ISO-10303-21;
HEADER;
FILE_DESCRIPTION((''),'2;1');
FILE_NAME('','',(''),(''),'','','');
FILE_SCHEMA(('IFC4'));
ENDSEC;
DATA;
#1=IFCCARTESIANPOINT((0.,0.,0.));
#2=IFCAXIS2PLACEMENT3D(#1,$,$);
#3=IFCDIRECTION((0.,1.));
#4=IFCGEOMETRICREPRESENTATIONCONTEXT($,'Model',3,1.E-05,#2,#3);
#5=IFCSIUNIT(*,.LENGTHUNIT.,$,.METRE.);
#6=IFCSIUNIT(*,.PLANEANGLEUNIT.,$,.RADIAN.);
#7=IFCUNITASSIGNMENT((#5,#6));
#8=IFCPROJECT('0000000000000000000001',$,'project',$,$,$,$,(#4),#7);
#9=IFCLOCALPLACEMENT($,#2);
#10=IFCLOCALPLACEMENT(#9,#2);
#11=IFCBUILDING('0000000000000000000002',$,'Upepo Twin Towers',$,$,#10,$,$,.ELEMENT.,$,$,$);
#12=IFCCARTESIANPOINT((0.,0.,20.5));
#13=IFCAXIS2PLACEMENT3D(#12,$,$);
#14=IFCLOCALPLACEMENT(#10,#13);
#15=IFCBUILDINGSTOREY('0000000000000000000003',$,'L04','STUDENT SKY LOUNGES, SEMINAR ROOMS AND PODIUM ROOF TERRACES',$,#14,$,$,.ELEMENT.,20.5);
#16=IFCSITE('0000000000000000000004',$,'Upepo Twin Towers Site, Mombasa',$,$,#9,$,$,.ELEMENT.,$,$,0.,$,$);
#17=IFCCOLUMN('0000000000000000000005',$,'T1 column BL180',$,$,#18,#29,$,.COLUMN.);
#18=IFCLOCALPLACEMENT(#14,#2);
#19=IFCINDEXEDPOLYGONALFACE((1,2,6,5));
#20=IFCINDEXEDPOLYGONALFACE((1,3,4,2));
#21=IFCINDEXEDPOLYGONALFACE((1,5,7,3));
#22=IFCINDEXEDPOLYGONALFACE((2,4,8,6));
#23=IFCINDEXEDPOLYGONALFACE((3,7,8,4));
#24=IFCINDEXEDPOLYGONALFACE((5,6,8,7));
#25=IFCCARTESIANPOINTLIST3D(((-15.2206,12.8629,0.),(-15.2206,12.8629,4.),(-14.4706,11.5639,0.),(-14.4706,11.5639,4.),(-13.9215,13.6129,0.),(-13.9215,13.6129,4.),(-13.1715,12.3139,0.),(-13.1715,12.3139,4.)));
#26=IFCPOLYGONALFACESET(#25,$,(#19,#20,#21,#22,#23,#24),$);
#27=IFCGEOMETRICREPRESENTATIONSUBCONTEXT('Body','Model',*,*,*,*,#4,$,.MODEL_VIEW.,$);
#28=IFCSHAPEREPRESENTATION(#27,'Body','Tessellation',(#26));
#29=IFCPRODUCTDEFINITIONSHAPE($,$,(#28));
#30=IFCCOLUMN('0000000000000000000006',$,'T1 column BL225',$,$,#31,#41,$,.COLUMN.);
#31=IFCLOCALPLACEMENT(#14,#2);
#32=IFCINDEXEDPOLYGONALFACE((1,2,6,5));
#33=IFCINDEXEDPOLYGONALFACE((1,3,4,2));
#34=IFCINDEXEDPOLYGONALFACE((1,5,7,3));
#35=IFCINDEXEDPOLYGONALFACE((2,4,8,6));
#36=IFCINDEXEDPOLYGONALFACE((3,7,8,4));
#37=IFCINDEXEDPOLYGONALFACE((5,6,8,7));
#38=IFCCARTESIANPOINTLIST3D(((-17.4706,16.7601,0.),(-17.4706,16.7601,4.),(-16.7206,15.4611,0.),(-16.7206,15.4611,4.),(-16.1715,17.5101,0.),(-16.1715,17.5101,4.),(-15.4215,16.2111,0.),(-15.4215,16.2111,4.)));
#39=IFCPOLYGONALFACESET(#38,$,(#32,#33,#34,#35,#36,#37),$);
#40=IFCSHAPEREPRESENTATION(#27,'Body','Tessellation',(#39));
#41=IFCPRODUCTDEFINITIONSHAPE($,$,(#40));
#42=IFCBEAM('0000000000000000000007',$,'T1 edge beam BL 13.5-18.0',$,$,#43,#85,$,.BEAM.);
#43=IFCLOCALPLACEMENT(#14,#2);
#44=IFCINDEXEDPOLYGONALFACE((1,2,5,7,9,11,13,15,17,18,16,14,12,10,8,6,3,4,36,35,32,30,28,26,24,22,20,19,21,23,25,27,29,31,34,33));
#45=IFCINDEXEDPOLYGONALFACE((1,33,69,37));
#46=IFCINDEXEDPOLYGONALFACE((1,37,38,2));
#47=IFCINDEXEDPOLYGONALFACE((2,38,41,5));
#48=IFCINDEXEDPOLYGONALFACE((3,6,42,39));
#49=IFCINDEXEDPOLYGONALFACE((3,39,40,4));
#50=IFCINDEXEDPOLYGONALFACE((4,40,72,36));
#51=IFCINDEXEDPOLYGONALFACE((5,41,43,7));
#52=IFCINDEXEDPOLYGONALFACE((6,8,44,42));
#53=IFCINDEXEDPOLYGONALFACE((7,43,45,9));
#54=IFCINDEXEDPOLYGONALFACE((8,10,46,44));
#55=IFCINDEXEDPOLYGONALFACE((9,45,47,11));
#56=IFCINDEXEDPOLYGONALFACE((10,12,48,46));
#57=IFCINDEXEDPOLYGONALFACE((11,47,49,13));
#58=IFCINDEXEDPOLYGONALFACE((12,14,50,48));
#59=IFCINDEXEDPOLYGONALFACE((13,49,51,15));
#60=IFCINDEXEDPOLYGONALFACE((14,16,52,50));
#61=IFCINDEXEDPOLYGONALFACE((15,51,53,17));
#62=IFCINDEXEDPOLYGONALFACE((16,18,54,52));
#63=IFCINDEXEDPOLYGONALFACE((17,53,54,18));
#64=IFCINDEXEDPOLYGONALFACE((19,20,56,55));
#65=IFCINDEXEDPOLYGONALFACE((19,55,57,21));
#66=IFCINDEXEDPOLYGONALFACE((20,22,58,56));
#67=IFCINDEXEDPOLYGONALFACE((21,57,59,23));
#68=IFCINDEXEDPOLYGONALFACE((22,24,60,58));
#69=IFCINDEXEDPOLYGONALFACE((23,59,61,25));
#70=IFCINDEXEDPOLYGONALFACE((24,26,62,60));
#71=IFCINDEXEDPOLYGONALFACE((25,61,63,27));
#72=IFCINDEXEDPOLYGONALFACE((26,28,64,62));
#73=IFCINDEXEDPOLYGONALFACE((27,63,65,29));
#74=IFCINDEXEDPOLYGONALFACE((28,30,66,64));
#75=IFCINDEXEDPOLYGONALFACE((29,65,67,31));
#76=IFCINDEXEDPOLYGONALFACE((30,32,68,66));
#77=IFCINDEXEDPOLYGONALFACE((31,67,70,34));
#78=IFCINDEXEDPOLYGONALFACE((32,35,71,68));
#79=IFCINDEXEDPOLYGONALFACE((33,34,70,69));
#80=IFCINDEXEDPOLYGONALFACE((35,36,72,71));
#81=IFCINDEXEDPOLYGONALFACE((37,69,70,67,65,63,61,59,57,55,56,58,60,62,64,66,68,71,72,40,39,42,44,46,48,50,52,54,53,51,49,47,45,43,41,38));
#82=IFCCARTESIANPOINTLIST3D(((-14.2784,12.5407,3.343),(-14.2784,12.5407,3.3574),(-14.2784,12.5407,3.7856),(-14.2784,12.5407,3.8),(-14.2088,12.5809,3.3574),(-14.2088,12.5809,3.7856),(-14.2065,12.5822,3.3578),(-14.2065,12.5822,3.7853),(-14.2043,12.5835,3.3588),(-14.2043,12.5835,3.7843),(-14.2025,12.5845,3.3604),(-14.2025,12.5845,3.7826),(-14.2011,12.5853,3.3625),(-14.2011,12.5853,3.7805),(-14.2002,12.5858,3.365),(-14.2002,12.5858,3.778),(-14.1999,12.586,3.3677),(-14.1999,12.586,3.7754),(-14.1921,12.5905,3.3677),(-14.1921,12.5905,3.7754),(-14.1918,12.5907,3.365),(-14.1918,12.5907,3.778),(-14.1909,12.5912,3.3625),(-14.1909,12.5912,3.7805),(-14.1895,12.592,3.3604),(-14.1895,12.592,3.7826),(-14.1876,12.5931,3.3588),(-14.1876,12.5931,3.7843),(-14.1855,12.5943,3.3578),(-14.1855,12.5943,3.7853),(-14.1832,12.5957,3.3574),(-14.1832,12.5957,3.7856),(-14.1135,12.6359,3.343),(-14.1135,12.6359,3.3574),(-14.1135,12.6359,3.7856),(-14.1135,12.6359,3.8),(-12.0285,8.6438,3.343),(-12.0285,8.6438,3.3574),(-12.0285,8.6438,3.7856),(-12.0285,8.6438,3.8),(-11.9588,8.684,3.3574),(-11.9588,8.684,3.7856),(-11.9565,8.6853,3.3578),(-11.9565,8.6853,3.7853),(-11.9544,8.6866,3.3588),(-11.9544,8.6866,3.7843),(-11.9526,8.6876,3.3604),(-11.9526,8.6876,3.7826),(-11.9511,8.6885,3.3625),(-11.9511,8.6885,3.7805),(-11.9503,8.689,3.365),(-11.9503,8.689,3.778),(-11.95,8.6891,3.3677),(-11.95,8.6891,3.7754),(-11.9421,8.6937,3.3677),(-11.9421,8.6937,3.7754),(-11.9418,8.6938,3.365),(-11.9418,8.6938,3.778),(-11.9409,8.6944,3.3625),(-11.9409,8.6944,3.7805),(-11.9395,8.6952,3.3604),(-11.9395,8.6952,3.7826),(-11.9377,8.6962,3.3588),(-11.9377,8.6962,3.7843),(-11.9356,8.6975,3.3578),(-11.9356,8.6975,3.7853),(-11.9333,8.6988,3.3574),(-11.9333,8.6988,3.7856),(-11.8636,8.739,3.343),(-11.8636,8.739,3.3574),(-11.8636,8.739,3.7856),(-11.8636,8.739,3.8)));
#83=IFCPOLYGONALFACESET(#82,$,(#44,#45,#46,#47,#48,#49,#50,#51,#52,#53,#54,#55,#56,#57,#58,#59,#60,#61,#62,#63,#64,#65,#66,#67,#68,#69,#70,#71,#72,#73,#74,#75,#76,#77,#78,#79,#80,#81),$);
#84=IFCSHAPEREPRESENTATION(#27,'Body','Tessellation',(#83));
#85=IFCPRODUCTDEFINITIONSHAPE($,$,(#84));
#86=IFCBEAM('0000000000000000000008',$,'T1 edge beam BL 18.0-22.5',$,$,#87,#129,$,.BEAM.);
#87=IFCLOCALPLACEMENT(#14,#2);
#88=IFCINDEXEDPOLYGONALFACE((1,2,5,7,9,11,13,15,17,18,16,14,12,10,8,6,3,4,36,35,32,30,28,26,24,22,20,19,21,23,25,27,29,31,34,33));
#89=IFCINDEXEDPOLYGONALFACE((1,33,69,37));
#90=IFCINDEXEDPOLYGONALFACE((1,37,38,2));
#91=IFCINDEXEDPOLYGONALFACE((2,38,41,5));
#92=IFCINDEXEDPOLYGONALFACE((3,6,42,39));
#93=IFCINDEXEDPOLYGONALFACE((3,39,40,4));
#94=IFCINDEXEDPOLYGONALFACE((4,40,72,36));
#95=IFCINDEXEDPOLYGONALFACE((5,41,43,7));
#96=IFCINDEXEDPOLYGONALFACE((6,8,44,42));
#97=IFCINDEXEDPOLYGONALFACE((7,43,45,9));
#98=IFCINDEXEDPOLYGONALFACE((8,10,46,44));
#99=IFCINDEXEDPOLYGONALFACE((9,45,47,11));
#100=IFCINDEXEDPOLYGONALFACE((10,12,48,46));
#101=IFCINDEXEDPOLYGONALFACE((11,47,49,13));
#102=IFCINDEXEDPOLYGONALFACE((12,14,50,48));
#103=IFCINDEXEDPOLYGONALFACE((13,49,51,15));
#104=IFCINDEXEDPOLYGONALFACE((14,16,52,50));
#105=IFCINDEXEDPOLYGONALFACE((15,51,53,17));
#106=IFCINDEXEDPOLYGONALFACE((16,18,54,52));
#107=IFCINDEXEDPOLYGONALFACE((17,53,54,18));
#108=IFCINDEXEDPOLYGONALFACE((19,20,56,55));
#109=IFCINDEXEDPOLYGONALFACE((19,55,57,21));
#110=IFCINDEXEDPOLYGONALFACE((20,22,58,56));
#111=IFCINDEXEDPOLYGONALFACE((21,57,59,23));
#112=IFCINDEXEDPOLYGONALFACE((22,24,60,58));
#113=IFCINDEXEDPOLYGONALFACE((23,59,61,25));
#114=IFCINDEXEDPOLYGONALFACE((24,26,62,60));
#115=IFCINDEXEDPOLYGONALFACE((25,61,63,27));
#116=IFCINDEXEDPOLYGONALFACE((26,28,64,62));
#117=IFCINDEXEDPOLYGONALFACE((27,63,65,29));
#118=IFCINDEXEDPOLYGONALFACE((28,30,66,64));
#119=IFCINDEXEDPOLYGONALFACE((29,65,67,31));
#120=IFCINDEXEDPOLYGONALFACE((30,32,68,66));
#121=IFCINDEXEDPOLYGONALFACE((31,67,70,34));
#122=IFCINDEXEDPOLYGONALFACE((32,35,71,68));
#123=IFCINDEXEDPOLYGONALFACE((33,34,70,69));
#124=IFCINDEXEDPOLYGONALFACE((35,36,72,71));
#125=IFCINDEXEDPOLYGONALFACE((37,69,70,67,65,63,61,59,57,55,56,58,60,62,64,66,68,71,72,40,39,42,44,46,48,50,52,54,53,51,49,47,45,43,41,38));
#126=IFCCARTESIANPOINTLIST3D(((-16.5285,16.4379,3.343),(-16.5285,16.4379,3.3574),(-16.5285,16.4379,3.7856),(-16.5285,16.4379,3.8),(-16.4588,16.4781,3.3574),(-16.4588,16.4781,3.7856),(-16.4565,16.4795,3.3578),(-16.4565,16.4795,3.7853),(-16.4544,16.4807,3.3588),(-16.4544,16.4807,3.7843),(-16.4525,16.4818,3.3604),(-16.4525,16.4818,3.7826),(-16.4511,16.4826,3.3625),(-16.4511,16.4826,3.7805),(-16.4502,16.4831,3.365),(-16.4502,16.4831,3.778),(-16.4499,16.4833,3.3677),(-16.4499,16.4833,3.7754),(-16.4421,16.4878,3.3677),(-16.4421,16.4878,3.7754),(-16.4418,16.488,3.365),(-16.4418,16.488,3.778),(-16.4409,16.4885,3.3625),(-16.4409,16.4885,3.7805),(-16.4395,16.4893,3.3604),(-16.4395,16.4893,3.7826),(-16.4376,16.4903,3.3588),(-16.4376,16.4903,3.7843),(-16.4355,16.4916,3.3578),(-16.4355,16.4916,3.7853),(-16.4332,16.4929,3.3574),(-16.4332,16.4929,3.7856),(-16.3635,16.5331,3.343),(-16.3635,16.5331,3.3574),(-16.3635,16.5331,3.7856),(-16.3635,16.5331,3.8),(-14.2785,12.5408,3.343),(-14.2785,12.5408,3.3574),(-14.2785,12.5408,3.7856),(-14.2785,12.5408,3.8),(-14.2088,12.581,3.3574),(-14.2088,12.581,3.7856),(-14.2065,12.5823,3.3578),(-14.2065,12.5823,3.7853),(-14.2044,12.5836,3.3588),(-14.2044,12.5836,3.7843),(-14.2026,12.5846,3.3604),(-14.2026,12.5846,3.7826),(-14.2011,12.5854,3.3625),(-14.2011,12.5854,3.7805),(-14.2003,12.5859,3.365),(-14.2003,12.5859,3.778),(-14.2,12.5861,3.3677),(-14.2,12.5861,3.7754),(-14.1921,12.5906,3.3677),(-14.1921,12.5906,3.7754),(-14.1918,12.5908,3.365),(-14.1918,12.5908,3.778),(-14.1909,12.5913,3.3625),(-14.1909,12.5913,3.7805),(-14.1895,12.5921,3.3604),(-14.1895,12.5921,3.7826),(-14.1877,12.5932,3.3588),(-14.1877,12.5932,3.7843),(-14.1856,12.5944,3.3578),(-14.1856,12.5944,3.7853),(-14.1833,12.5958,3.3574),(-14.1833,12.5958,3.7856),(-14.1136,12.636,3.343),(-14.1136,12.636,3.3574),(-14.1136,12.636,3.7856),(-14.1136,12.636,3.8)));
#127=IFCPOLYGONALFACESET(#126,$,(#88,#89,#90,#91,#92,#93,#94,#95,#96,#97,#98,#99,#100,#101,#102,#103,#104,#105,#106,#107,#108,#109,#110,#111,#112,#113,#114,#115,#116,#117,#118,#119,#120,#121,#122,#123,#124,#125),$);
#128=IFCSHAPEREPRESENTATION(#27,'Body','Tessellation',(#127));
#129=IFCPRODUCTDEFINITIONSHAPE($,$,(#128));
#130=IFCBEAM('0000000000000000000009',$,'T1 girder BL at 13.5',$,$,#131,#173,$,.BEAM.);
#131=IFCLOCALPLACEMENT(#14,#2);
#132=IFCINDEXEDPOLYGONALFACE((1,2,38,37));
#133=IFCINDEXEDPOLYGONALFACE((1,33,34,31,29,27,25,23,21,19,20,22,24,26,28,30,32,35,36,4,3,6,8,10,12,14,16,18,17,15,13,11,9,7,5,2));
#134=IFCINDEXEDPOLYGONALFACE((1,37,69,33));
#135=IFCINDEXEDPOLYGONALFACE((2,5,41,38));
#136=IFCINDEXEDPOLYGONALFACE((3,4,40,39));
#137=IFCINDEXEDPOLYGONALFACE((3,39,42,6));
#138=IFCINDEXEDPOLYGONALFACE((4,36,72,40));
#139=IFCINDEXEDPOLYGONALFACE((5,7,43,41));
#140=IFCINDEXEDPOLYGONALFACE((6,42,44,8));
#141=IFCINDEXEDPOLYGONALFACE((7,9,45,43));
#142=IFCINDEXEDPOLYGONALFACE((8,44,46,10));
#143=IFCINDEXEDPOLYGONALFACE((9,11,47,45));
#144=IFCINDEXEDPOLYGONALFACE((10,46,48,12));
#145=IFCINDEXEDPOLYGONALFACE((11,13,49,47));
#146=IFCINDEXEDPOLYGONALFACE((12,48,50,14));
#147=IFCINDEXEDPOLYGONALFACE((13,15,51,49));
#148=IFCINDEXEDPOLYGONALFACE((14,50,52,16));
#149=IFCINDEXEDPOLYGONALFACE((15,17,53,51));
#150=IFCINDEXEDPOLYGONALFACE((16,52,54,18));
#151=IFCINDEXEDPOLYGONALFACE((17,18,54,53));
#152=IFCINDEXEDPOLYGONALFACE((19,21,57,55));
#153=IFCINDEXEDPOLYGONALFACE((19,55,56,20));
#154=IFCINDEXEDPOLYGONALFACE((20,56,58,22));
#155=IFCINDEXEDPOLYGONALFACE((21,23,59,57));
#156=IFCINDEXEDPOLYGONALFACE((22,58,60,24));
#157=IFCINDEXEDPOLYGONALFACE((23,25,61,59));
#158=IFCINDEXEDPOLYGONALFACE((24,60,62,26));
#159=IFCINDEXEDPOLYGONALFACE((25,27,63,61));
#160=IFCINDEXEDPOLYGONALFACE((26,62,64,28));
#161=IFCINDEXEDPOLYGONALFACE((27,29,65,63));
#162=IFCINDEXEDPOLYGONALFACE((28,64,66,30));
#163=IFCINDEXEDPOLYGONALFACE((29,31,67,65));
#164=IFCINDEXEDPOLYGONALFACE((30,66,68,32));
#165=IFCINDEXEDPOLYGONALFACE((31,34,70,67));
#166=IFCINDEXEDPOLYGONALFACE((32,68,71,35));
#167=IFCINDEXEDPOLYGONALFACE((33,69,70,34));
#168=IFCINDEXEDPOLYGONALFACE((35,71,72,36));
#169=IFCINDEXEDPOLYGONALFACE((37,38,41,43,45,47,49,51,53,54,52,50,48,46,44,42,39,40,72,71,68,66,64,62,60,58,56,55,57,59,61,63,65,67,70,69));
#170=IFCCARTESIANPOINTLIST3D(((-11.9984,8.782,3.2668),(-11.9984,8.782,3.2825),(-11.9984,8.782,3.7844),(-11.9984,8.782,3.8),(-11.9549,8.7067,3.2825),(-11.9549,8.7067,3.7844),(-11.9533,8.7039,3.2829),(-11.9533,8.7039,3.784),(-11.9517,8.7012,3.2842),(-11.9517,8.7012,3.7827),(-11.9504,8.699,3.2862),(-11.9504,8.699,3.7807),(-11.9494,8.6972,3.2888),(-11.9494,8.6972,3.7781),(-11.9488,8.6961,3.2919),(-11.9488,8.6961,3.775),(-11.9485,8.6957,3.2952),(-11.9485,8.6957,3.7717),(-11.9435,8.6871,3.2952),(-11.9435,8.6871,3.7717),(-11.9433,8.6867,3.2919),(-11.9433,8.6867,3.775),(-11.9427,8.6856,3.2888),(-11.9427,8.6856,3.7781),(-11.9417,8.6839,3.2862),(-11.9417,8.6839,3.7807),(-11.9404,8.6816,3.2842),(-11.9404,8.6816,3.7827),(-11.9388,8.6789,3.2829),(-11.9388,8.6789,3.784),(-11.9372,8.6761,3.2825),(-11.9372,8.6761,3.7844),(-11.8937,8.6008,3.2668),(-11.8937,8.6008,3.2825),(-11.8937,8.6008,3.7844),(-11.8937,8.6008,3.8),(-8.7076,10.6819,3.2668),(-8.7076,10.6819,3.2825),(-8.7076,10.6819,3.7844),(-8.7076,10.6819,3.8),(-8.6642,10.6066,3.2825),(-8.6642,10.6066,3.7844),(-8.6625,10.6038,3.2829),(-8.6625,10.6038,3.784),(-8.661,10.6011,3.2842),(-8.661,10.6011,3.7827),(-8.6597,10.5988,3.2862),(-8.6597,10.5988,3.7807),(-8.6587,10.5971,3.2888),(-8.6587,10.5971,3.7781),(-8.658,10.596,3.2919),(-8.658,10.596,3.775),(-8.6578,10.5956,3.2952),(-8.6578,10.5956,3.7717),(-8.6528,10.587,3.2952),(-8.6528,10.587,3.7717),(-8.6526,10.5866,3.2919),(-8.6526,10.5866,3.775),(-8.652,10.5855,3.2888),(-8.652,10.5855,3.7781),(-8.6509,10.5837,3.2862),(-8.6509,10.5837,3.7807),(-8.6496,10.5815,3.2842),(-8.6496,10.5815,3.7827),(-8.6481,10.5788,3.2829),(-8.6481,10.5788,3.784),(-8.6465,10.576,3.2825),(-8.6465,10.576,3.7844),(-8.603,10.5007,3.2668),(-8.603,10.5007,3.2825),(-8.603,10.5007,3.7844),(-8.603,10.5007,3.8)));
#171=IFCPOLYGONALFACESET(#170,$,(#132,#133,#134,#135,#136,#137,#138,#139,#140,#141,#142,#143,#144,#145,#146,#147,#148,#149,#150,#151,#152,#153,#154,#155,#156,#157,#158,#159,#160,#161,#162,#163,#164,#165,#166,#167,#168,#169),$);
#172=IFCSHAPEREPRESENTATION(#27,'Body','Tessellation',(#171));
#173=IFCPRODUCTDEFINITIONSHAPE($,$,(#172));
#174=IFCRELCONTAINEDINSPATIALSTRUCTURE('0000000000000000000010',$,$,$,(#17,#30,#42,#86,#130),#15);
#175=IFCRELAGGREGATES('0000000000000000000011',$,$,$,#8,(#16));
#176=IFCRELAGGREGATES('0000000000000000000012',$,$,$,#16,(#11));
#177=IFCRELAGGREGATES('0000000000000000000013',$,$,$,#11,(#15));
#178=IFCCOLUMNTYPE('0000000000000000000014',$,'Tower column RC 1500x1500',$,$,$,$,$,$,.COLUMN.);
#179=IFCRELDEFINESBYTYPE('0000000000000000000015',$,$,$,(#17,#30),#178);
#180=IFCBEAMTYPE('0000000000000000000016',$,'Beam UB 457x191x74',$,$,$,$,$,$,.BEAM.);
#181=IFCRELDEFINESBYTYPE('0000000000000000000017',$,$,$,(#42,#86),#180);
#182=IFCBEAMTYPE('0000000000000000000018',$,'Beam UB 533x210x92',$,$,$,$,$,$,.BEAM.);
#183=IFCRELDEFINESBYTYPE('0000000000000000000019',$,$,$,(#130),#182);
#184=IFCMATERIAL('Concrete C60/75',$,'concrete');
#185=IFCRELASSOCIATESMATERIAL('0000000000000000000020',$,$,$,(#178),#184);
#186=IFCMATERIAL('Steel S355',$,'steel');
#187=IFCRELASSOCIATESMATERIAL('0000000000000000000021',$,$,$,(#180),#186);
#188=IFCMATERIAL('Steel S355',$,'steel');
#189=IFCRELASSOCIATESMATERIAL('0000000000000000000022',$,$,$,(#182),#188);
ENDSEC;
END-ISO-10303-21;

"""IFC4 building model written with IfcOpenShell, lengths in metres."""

from ifc_helpers import new_model, si_unit, direction, frame, origin, origin_2d, place, context, subcontext, project, spatial, rectangle, i_section, extrude, material, material_profile, profile_set, type_object, element, save


model = new_model("IFC4")

# Units and contexts
model_context = context("Model", 3, precision=1e-05, world=origin(), true_north=direction((0.0, 1.0)))
body_context = subcontext(model_context, "Body", "Model", "MODEL_VIEW")
ifc_project = project(units=[si_unit("LENGTHUNIT", "METRE"), si_unit("PLANEANGLEUNIT", "RADIAN")], contexts=[model_context])

# Site, building, storey
site_placement = place(None, origin())
site = spatial("IfcSite", under=ifc_project, at=site_placement, Name="Upepo Twin Towers Site, Mombasa", CompositionType="ELEMENT", RefElevation=0.0)
building_placement = place(site_placement, origin())
building = spatial("IfcBuilding", under=site, at=building_placement, Name="Upepo Twin Towers", CompositionType="ELEMENT")
storey_placement = place(building_placement, frame((0.0, 0.0, 20.5)))
storey = spatial("IfcBuildingStorey", under=building, at=storey_placement, Name="L04", Description="STUDENT SKY LOUNGES, SEMINAR ROOMS AND PODIUM ROOF TERRACES", CompositionType="ELEMENT", Elevation=20.5)

# Columns
ifc_material_1 = material(Name="Concrete C60/75", Category="concrete")
ifc_material_profile_1 = material_profile(ifc_material_1, rectangle(XDim=1.5, YDim=1.5, at=origin_2d()), Name="RC 1500x1500")
ifc_profile_set_1 = profile_set([ifc_material_profile_1], Name="Concrete C60/75")
column_type = type_object("IfcColumnType", Name="Tower column RC 1500x1500", PredefinedType="COLUMN", material=ifc_profile_set_1)
for number, where, z_axis, x_axis, name in (
    (1, (-14.196, 12.5884, 0.0), (0.0, 0.0, 1.0), (0.866025, 0.5, 0.0), "T1 column BL180"),
    (2, (-16.446, 16.4856, 0.0), (0.0, 0.0, 1.0), (0.866025, 0.5, 0.0), "T1 column BL225"),
):
    element("IfcColumn", number, at=place(storey_placement, frame(where, z_axis=z_axis, x_axis=x_axis)), inside=storey, type_object=column_type, Name=name, PredefinedType="COLUMN", context=body_context, shape_type="SweptSolid", body=[
        extrude(rectangle(XDim=1.5, YDim=1.5, at=origin_2d()), origin(), (0.0, 0.0, 1.0), 4.0),
    ])

# Beams
ifc_material_2 = material(Name="Steel S355", Category="steel")
ifc_material_profile_2 = material_profile(ifc_material_2, i_section(OverallWidth=0.1904, OverallDepth=0.457, WebThickness=0.009, FlangeThickness=0.0144, FilletRadius=0.0103, at=origin_2d()), Name="UB 457x191x74")
ifc_profile_set_2 = profile_set([ifc_material_profile_2], Name="Steel S355")
beam_type_1 = type_object("IfcBeamType", Name="Beam UB 457x191x74", PredefinedType="BEAM", material=ifc_profile_set_2)
beam_1_placement = place(storey_placement, frame((-11.946, 8.6914, 3.5715), z_axis=(-0.500014, 0.866018, 0.0), x_axis=(-0.866018, -0.500014, 0.0)))
element("IfcBeam", 3, at=beam_1_placement, inside=storey, type_object=beam_type_1, Name="T1 edge beam BL 13.5-18.0", PredefinedType="BEAM", context=body_context, shape_type="SweptSolid", body=[
    extrude(i_section(OverallWidth=0.1904, OverallDepth=0.457, WebThickness=0.009, FlangeThickness=0.0144, FilletRadius=0.0103, at=origin_2d()), origin(), (0.0, 0.0, 1.0), 4.4998),
])
beam_2_placement = place(storey_placement, frame((-14.196, 12.5884, 3.5715), z_axis=(-0.49999, 0.866031, 0.0), x_axis=(-0.866031, -0.49999, 0.0)))
element("IfcBeam", 4, at=beam_2_placement, inside=storey, type_object=beam_type_1, Name="T1 edge beam BL 18.0-22.5", PredefinedType="BEAM", context=body_context, shape_type="SweptSolid", body=[
    extrude(i_section(OverallWidth=0.1904, OverallDepth=0.457, WebThickness=0.009, FlangeThickness=0.0144, FilletRadius=0.0103, at=origin_2d()), origin(), (0.0, 0.0, 1.0), 4.5),
])
ifc_material_3 = material(Name="Steel S355", Category="steel")
ifc_material_profile_3 = material_profile(ifc_material_3, i_section(OverallWidth=0.2092, OverallDepth=0.5332, WebThickness=0.01, FlangeThickness=0.0156, FilletRadius=0.0127, at=origin_2d()), Name="UB 533x210x92")
ifc_profile_set_3 = profile_set([ifc_material_profile_3], Name="Steel S355")
beam_type_2 = type_object("IfcBeamType", Name="Beam UB 533x210x92", PredefinedType="BEAM", material=ifc_profile_set_3)
beam_3_placement = place(storey_placement, frame((-11.946, 8.6914, 3.5334), z_axis=(0.866028, 0.499995, 0.0), x_axis=(-0.499995, 0.866028, 0.0)))
element("IfcBeam", 5, at=beam_3_placement, inside=storey, type_object=beam_type_2, Name="T1 girder BL at 13.5", PredefinedType="BEAM", context=body_context, shape_type="SweptSolid", body=[
    extrude(i_section(OverallWidth=0.2092, OverallDepth=0.5332, WebThickness=0.01, FlangeThickness=0.0156, FilletRadius=0.0127, at=origin_2d()), origin(), (0.0, 0.0, 1.0), 3.7998),
])

save(model, "model.ifc")
